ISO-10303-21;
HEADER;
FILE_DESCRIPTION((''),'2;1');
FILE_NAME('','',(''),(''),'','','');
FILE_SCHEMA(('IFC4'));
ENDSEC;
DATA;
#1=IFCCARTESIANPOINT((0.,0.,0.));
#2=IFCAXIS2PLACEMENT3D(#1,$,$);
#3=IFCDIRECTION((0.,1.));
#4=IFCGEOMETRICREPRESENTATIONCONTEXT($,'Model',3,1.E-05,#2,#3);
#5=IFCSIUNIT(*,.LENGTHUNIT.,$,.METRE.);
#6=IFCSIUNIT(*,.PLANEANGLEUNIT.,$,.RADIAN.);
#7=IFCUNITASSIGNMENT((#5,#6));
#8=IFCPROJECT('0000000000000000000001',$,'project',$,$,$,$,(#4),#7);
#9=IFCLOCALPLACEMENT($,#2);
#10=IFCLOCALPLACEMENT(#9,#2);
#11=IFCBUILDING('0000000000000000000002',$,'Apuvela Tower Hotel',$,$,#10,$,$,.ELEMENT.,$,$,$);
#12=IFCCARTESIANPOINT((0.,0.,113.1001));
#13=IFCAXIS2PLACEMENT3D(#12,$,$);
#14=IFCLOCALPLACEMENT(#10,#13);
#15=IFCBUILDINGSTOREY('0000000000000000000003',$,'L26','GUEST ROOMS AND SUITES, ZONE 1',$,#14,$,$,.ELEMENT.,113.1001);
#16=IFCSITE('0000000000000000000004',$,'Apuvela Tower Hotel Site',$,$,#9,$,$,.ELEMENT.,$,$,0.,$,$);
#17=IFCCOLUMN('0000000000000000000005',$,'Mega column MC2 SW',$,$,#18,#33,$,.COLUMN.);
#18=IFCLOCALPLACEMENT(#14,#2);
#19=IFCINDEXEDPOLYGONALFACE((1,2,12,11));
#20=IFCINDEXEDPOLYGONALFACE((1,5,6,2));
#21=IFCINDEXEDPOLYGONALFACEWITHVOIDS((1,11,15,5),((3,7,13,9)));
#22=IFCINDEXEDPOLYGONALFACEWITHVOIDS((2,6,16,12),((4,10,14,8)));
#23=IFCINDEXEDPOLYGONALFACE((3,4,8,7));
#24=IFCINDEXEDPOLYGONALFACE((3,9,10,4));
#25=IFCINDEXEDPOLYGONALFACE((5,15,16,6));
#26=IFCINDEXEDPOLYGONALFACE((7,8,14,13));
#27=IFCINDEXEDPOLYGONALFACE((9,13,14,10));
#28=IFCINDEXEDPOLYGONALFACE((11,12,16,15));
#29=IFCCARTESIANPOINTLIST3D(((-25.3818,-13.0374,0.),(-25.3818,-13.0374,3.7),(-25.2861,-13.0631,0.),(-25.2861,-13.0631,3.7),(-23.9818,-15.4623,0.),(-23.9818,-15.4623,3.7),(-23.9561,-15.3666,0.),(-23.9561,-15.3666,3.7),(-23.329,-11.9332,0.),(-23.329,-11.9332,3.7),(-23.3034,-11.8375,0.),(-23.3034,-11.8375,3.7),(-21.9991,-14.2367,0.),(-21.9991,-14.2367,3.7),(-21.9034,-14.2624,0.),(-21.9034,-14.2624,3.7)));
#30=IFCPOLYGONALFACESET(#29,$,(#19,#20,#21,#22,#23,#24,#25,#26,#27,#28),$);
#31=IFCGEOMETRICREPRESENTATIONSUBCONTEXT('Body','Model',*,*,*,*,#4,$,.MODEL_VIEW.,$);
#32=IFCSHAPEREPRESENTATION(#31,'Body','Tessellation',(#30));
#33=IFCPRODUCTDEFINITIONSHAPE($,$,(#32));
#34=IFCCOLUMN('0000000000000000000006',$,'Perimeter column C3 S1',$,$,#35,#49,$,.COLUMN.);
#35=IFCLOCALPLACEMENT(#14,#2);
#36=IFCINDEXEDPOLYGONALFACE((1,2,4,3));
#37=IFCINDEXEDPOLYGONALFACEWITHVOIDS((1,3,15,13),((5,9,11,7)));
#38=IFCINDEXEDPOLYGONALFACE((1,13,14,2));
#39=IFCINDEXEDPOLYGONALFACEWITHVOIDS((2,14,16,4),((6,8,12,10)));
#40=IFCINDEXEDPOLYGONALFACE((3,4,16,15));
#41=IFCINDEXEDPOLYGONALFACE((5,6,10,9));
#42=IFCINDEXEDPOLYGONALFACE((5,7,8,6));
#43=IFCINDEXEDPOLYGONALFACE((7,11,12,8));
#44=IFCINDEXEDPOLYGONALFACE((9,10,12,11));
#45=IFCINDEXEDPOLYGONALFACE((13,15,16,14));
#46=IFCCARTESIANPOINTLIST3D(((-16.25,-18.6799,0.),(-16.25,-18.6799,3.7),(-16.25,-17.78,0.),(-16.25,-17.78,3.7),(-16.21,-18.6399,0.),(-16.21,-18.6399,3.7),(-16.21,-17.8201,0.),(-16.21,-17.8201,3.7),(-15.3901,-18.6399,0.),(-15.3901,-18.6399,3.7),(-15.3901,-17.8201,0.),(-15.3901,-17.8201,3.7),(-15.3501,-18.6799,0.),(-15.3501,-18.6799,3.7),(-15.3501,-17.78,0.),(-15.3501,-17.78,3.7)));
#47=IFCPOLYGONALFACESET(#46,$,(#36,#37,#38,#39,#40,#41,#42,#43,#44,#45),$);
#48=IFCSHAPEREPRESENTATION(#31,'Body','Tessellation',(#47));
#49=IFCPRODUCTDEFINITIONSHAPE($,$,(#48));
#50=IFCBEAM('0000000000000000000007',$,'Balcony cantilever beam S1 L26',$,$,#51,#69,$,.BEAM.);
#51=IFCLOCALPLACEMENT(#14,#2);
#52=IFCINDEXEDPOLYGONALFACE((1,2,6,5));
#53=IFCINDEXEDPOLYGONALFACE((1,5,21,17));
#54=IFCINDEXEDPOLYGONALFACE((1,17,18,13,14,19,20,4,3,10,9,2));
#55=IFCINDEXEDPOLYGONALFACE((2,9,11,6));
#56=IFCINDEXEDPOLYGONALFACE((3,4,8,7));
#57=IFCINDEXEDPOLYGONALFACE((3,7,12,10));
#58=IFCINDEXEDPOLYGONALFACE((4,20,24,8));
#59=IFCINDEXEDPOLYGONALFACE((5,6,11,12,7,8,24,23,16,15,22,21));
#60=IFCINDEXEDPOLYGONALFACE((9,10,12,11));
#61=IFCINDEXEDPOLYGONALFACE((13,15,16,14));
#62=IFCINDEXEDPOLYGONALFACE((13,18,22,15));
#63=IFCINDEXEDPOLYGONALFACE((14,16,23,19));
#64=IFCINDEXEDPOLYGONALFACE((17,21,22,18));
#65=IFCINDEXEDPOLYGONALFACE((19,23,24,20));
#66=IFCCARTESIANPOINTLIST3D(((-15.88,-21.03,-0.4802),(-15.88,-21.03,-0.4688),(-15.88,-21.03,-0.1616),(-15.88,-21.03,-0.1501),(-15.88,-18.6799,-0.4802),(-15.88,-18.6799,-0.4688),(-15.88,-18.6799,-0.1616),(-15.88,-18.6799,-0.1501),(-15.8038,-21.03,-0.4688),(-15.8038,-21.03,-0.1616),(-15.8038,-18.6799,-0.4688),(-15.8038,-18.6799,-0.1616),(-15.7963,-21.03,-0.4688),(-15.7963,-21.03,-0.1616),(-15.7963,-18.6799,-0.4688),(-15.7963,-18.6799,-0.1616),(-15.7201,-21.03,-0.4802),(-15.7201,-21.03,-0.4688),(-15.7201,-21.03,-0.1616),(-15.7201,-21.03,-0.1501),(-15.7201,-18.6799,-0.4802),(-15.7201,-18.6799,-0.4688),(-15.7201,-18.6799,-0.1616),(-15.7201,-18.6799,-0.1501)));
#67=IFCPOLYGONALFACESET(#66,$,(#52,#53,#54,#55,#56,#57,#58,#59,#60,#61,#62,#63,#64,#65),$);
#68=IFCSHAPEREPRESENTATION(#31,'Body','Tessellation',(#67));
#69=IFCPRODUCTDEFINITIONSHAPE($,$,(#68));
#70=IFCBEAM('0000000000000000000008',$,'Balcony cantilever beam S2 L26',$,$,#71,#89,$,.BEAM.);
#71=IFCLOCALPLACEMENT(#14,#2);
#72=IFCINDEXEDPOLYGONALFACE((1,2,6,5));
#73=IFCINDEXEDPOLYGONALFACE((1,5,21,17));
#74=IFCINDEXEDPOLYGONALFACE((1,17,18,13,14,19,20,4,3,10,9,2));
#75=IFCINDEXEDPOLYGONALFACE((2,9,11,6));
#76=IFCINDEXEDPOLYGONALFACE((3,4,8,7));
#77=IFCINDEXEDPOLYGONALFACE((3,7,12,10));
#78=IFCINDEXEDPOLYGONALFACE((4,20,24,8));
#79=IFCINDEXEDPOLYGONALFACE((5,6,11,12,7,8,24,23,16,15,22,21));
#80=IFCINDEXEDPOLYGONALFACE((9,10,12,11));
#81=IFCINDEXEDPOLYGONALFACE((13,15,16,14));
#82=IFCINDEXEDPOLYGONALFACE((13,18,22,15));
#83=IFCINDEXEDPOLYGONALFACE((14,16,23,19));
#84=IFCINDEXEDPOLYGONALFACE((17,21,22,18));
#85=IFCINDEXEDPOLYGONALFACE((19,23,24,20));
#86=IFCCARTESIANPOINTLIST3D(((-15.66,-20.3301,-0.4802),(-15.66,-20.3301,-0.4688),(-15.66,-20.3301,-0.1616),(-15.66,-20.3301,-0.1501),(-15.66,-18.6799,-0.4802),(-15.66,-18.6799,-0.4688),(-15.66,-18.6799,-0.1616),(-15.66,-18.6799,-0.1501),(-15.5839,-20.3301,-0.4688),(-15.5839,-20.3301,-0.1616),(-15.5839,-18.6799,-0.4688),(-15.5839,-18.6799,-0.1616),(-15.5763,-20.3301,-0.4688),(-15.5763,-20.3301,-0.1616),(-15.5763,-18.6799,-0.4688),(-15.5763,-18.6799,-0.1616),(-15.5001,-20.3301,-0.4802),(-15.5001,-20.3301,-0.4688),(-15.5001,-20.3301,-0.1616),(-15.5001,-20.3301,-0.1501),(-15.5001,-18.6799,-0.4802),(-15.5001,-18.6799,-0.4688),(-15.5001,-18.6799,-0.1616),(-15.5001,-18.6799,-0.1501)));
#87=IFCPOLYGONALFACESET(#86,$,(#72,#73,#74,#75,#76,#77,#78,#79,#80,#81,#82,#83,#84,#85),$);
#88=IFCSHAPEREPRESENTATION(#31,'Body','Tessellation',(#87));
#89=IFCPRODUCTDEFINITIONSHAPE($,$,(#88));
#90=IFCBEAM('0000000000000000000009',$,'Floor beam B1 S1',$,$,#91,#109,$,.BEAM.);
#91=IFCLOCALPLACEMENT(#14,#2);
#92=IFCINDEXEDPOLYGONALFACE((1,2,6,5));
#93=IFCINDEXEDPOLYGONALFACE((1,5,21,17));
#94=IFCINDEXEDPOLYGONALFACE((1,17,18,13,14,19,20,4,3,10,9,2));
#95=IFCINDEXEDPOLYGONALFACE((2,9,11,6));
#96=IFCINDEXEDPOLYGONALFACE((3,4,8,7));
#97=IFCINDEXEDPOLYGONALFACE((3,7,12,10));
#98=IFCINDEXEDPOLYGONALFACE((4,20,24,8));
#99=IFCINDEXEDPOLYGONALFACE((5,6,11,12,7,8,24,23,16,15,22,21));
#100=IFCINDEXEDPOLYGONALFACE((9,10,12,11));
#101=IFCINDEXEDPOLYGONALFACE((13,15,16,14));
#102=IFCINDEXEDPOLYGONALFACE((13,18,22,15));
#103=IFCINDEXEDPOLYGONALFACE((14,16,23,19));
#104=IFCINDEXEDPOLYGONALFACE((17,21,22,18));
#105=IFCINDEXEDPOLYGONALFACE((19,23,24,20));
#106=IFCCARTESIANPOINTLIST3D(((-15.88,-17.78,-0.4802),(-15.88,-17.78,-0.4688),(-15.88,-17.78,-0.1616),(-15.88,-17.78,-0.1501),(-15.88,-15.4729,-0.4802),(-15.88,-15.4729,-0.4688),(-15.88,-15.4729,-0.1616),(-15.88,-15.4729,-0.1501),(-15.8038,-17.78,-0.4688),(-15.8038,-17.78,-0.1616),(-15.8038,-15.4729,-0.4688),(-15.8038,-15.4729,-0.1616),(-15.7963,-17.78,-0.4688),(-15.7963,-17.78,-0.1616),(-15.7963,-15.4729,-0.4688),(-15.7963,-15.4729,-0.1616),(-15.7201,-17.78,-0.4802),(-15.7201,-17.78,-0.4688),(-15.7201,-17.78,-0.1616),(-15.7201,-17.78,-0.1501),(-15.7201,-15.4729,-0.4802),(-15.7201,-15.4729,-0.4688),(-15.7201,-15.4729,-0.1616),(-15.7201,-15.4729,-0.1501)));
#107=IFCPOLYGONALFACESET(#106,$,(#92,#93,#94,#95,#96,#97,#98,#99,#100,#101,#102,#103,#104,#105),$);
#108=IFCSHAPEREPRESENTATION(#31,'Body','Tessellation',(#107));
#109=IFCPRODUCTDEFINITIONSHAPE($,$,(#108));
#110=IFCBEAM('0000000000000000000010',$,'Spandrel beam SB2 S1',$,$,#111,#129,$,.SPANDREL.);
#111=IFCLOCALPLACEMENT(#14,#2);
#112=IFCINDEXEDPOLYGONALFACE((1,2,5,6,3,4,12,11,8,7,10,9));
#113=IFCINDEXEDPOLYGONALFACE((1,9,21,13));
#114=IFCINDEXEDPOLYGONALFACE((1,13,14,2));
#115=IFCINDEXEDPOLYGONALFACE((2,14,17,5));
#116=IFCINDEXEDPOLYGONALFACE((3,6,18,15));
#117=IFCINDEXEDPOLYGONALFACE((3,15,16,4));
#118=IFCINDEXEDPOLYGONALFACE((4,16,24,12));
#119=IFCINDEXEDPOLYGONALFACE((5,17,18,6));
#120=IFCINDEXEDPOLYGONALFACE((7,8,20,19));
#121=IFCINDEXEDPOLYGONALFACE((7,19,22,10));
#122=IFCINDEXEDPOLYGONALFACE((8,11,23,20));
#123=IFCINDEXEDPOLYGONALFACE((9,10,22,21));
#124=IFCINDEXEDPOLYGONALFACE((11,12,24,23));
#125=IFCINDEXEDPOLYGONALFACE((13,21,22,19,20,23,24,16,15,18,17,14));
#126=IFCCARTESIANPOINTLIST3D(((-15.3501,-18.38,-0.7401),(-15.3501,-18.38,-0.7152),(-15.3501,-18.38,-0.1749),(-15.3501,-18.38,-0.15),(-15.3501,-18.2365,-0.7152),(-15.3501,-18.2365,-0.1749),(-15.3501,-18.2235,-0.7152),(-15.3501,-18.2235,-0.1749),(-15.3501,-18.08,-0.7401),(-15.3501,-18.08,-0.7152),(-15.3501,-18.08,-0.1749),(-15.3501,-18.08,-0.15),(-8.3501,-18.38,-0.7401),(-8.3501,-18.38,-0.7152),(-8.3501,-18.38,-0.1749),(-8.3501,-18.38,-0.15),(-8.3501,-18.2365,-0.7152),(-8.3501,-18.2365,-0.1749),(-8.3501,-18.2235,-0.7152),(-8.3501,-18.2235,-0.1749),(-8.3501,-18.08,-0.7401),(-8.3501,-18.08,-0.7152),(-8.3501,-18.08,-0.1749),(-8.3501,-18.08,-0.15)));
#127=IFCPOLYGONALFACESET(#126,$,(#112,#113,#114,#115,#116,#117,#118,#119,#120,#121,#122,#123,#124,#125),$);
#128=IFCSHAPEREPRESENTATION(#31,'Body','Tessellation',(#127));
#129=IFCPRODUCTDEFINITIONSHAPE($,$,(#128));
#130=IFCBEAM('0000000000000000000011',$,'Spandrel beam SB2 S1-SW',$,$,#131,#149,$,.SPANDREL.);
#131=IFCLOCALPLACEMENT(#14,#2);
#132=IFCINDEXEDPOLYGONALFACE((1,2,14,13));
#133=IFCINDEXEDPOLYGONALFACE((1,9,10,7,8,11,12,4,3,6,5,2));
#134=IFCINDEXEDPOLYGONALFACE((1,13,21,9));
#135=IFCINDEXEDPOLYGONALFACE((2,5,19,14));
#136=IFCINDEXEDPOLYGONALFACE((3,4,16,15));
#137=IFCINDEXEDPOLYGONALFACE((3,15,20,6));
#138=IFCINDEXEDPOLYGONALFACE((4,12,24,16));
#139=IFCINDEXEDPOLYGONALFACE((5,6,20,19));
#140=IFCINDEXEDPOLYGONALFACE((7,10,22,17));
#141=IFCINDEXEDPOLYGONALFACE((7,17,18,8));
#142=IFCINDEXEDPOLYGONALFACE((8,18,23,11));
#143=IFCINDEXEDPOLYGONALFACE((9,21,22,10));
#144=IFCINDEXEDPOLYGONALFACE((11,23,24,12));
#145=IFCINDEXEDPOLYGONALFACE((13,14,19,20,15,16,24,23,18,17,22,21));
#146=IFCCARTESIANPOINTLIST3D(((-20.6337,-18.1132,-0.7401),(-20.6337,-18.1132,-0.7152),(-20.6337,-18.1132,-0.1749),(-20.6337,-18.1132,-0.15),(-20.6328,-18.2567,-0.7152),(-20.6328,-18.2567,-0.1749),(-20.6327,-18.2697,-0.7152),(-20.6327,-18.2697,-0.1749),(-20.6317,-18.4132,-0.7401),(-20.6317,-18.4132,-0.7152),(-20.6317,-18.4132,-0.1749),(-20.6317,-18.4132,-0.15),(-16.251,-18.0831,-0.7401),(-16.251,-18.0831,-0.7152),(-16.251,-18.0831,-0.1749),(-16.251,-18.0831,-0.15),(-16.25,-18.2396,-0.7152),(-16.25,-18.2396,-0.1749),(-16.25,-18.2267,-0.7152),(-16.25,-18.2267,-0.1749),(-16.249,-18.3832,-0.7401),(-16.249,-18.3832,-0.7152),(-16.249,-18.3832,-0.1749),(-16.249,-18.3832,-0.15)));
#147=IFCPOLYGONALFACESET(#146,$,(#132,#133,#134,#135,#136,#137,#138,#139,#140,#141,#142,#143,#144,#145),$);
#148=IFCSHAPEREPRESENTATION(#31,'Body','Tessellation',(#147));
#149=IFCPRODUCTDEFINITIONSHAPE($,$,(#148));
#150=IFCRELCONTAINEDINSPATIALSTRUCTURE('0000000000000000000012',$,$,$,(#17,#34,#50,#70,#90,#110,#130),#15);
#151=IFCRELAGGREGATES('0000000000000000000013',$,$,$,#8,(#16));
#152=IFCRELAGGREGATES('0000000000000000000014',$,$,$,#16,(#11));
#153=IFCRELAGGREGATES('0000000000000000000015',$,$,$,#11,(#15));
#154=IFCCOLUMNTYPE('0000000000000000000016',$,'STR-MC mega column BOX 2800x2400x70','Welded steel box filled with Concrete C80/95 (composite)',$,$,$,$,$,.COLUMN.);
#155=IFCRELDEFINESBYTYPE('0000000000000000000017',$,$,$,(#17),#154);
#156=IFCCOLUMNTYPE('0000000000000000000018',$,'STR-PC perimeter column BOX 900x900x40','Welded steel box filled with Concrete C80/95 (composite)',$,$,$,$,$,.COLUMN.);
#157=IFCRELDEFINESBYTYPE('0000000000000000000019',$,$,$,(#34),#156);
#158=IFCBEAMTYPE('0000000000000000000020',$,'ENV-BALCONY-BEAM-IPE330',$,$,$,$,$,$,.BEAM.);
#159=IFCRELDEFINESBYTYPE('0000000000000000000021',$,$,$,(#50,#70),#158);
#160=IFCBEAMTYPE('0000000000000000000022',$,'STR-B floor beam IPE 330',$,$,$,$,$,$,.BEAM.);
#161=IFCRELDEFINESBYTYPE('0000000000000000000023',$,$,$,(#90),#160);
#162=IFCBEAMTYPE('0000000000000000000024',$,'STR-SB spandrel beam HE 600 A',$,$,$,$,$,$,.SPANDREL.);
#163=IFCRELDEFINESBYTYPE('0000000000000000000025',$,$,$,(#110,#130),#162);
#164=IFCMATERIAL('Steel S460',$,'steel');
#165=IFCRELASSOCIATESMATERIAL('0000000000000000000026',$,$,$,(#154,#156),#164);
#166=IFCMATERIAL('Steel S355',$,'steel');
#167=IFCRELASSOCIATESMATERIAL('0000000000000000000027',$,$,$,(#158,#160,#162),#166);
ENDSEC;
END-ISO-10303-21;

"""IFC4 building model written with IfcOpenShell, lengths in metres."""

from ifc_helpers import new_model, si_unit, direction, frame, origin, origin_2d, place, context, subcontext, project, spatial, rectangle, hollow_rectangle, i_section, extrude, material, material_profile, profile_set, type_object, element, save


model = new_model("IFC4")

# Units and contexts
model_context = context("Model", 3, precision=1e-05, world=origin(), true_north=direction((0.0, 1.0)))
body_context = subcontext(model_context, "Body", "Model", "MODEL_VIEW")
ifc_project = project(units=[si_unit("LENGTHUNIT", "METRE"), si_unit("PLANEANGLEUNIT", "RADIAN")], contexts=[model_context])

# Site, building, storey
site_placement = place(None, origin())
site = spatial("IfcSite", under=ifc_project, at=site_placement, Name="Apuvela Tower Hotel Site", CompositionType="ELEMENT", RefElevation=0.0)
building_placement = place(site_placement, origin())
building = spatial("IfcBuilding", under=site, at=building_placement, Name="Apuvela Tower Hotel", CompositionType="ELEMENT")
storey_placement = place(building_placement, frame((0.0, 0.0, 113.1001)))
storey = spatial("IfcBuildingStorey", under=building, at=storey_placement, Name="L26", Description="GUEST ROOMS AND SUITES, ZONE 1", CompositionType="ELEMENT", Elevation=113.1001)

# Columns
ifc_material_1 = material(Name="Steel S460", Category="steel")
ifc_material_profile_1 = material_profile(ifc_material_1, hollow_rectangle(XDim=2.8, YDim=2.3999, WallThickness=0.0701, at=origin_2d()), Name="BOX 2800x2400x70")
ifc_material_2 = material(Name="Concrete C80/95", Category="concrete")
ifc_material_profile_2 = material_profile(ifc_material_2, rectangle(XDim=2.6599, YDim=2.26, at=origin_2d()), Name="Concrete C80/95 infill")
ifc_profile_set_1 = profile_set([ifc_material_profile_1, ifc_material_profile_2], Name="Steel S460")
column_type_1 = type_object("IfcColumnType", Name="STR-MC mega column BOX 2800x2400x70", Description="Welded steel box filled with Concrete C80/95 (composite)", PredefinedType="COLUMN", material=ifc_profile_set_1)
column_1_placement = place(storey_placement, frame((-23.6426, -13.6499, 0.0), z_axis=(0.0, 0.0, 1.0), x_axis=(-0.5, 0.866025, 0.0)))
element("IfcColumn", 1, at=column_1_placement, inside=storey, type_object=column_type_1, Name="Mega column MC2 SW", PredefinedType="COLUMN", context=body_context, shape_type="SweptSolid", body=[
    extrude(hollow_rectangle(XDim=2.8, YDim=2.3999, WallThickness=0.0701, at=origin_2d()), origin(), (0.0, 0.0, 1.0), 3.7),
])
ifc_material_profile_3 = material_profile(ifc_material_1, hollow_rectangle(XDim=0.8999, YDim=0.8999, WallThickness=0.04, at=origin_2d()), Name="BOX 900x900x40")
ifc_material_profile_4 = material_profile(ifc_material_2, rectangle(XDim=0.8201, YDim=0.8201, at=origin_2d()), Name="Concrete C80/95 infill")
ifc_profile_set_2 = profile_set([ifc_material_profile_3, ifc_material_profile_4], Name="Steel S460")
column_type_2 = type_object("IfcColumnType", Name="STR-PC perimeter column BOX 900x900x40", Description="Welded steel box filled with Concrete C80/95 (composite)", PredefinedType="COLUMN", material=ifc_profile_set_2)
column_2_placement = place(storey_placement, frame((-15.8, -18.23, 0.0), z_axis=(0.0, 0.0, 1.0), x_axis=(-1.0, 0.0, 0.0)))
element("IfcColumn", 2, at=column_2_placement, inside=storey, type_object=column_type_2, Name="Perimeter column C3 S1", PredefinedType="COLUMN", context=body_context, shape_type="SweptSolid", body=[
    extrude(hollow_rectangle(XDim=0.8999, YDim=0.8999, WallThickness=0.04, at=origin_2d()), origin(), (0.0, 0.0, 1.0), 3.7),
])

# Beams
ifc_material_3 = material(Name="Steel S355", Category="steel")
ifc_material_profile_5 = material_profile(ifc_material_3, i_section(OverallWidth=0.1599, OverallDepth=0.3301, WebThickness=0.0076, FlangeThickness=0.0115, at=origin_2d()), Name="IPE 330")
ifc_profile_set_3 = profile_set([ifc_material_profile_5], Name="Steel S355")
beam_type_1 = type_object("IfcBeamType", Name="ENV-BALCONY-BEAM-IPE330", PredefinedType="BEAM", material=ifc_profile_set_3)
beam_1_placement = place(storey_placement, frame((-15.8, -18.6799, -0.3152), z_axis=(0.0, -1.0, 0.0), x_axis=(1.0, 0.0, 0.0)))
element("IfcBeam", 3, at=beam_1_placement, inside=storey, type_object=beam_type_1, Name="Balcony cantilever beam S1 L26", PredefinedType="BEAM", context=body_context, shape_type="SweptSolid", body=[
    extrude(i_section(OverallWidth=0.1599, OverallDepth=0.3301, WebThickness=0.0076, FlangeThickness=0.0115, at=origin_2d()), origin(), (0.0, 0.0, 1.0), 2.3501),
])
beam_2_placement = place(storey_placement, frame((-15.5801, -18.6799, -0.3152), z_axis=(0.0, -1.0, 0.0), x_axis=(1.0, 0.0, 0.0)))
element("IfcBeam", 4, at=beam_2_placement, inside=storey, type_object=beam_type_1, Name="Balcony cantilever beam S2 L26", PredefinedType="BEAM", context=body_context, shape_type="SweptSolid", body=[
    extrude(i_section(OverallWidth=0.1599, OverallDepth=0.3301, WebThickness=0.0076, FlangeThickness=0.0115, at=origin_2d()), origin(), (0.0, 0.0, 1.0), 1.6501),
])
ifc_material_profile_6 = material_profile(ifc_material_3, i_section(OverallWidth=0.1599, OverallDepth=0.3301, WebThickness=0.0076, FlangeThickness=0.0115, at=origin_2d()), Name="IPE 330")
ifc_profile_set_4 = profile_set([ifc_material_profile_6], Name="Steel S355")
beam_type_2 = type_object("IfcBeamType", Name="STR-B floor beam IPE 330", PredefinedType="BEAM", material=ifc_profile_set_4)
beam_3_placement = place(storey_placement, frame((-15.8, -17.78, -0.3152), z_axis=(0.0, 1.0, 0.0), x_axis=(-1.0, 0.0, 0.0)))
element("IfcBeam", 5, at=beam_3_placement, inside=storey, type_object=beam_type_2, Name="Floor beam B1 S1", PredefinedType="BEAM", context=body_context, shape_type="SweptSolid", body=[
    extrude(i_section(OverallWidth=0.1599, OverallDepth=0.3301, WebThickness=0.0076, FlangeThickness=0.0115, at=origin_2d()), origin(), (0.0, 0.0, 1.0), 2.3071),
])
ifc_material_profile_7 = material_profile(ifc_material_3, i_section(OverallWidth=0.3, OverallDepth=0.5901, WebThickness=0.0129, FlangeThickness=0.0249, at=origin_2d()), Name="HE 600 A")
ifc_profile_set_5 = profile_set([ifc_material_profile_7], Name="Steel S355")
beam_type_3 = type_object("IfcBeamType", Name="STR-SB spandrel beam HE 600 A", PredefinedType="SPANDREL", material=ifc_profile_set_5)
beam_4_placement = place(storey_placement, frame((-15.3501, -18.23, -0.4451), z_axis=(1.0, 0.0, 0.0), x_axis=(0.0, 1.0, 0.0)))
element("IfcBeam", 6, at=beam_4_placement, inside=storey, type_object=beam_type_3, Name="Spandrel beam SB2 S1", PredefinedType="SPANDREL", context=body_context, shape_type="SweptSolid", body=[
    extrude(i_section(OverallWidth=0.3, OverallDepth=0.5901, WebThickness=0.0129, FlangeThickness=0.0249, at=origin_2d()), origin(), (0.0, 0.0, 1.0), 7.0),
])
beam_5_placement = place(storey_placement, frame((-16.25, -18.2332, -0.4451), z_axis=(-0.999977, -0.006851, 0.0), x_axis=(0.006851, -0.999977, 0.0)))
element("IfcBeam", 7, at=beam_5_placement, inside=storey, type_object=beam_type_3, Name="Spandrel beam SB2 S1-SW", PredefinedType="SPANDREL", context=body_context, shape_type="SweptSolid", body=[
    extrude(i_section(OverallWidth=0.3, OverallDepth=0.5901, WebThickness=0.0129, FlangeThickness=0.0249, at=origin_2d()), origin(), (0.0, 0.0, 1.0), 4.3828),
])

save(model, "model.ifc")
